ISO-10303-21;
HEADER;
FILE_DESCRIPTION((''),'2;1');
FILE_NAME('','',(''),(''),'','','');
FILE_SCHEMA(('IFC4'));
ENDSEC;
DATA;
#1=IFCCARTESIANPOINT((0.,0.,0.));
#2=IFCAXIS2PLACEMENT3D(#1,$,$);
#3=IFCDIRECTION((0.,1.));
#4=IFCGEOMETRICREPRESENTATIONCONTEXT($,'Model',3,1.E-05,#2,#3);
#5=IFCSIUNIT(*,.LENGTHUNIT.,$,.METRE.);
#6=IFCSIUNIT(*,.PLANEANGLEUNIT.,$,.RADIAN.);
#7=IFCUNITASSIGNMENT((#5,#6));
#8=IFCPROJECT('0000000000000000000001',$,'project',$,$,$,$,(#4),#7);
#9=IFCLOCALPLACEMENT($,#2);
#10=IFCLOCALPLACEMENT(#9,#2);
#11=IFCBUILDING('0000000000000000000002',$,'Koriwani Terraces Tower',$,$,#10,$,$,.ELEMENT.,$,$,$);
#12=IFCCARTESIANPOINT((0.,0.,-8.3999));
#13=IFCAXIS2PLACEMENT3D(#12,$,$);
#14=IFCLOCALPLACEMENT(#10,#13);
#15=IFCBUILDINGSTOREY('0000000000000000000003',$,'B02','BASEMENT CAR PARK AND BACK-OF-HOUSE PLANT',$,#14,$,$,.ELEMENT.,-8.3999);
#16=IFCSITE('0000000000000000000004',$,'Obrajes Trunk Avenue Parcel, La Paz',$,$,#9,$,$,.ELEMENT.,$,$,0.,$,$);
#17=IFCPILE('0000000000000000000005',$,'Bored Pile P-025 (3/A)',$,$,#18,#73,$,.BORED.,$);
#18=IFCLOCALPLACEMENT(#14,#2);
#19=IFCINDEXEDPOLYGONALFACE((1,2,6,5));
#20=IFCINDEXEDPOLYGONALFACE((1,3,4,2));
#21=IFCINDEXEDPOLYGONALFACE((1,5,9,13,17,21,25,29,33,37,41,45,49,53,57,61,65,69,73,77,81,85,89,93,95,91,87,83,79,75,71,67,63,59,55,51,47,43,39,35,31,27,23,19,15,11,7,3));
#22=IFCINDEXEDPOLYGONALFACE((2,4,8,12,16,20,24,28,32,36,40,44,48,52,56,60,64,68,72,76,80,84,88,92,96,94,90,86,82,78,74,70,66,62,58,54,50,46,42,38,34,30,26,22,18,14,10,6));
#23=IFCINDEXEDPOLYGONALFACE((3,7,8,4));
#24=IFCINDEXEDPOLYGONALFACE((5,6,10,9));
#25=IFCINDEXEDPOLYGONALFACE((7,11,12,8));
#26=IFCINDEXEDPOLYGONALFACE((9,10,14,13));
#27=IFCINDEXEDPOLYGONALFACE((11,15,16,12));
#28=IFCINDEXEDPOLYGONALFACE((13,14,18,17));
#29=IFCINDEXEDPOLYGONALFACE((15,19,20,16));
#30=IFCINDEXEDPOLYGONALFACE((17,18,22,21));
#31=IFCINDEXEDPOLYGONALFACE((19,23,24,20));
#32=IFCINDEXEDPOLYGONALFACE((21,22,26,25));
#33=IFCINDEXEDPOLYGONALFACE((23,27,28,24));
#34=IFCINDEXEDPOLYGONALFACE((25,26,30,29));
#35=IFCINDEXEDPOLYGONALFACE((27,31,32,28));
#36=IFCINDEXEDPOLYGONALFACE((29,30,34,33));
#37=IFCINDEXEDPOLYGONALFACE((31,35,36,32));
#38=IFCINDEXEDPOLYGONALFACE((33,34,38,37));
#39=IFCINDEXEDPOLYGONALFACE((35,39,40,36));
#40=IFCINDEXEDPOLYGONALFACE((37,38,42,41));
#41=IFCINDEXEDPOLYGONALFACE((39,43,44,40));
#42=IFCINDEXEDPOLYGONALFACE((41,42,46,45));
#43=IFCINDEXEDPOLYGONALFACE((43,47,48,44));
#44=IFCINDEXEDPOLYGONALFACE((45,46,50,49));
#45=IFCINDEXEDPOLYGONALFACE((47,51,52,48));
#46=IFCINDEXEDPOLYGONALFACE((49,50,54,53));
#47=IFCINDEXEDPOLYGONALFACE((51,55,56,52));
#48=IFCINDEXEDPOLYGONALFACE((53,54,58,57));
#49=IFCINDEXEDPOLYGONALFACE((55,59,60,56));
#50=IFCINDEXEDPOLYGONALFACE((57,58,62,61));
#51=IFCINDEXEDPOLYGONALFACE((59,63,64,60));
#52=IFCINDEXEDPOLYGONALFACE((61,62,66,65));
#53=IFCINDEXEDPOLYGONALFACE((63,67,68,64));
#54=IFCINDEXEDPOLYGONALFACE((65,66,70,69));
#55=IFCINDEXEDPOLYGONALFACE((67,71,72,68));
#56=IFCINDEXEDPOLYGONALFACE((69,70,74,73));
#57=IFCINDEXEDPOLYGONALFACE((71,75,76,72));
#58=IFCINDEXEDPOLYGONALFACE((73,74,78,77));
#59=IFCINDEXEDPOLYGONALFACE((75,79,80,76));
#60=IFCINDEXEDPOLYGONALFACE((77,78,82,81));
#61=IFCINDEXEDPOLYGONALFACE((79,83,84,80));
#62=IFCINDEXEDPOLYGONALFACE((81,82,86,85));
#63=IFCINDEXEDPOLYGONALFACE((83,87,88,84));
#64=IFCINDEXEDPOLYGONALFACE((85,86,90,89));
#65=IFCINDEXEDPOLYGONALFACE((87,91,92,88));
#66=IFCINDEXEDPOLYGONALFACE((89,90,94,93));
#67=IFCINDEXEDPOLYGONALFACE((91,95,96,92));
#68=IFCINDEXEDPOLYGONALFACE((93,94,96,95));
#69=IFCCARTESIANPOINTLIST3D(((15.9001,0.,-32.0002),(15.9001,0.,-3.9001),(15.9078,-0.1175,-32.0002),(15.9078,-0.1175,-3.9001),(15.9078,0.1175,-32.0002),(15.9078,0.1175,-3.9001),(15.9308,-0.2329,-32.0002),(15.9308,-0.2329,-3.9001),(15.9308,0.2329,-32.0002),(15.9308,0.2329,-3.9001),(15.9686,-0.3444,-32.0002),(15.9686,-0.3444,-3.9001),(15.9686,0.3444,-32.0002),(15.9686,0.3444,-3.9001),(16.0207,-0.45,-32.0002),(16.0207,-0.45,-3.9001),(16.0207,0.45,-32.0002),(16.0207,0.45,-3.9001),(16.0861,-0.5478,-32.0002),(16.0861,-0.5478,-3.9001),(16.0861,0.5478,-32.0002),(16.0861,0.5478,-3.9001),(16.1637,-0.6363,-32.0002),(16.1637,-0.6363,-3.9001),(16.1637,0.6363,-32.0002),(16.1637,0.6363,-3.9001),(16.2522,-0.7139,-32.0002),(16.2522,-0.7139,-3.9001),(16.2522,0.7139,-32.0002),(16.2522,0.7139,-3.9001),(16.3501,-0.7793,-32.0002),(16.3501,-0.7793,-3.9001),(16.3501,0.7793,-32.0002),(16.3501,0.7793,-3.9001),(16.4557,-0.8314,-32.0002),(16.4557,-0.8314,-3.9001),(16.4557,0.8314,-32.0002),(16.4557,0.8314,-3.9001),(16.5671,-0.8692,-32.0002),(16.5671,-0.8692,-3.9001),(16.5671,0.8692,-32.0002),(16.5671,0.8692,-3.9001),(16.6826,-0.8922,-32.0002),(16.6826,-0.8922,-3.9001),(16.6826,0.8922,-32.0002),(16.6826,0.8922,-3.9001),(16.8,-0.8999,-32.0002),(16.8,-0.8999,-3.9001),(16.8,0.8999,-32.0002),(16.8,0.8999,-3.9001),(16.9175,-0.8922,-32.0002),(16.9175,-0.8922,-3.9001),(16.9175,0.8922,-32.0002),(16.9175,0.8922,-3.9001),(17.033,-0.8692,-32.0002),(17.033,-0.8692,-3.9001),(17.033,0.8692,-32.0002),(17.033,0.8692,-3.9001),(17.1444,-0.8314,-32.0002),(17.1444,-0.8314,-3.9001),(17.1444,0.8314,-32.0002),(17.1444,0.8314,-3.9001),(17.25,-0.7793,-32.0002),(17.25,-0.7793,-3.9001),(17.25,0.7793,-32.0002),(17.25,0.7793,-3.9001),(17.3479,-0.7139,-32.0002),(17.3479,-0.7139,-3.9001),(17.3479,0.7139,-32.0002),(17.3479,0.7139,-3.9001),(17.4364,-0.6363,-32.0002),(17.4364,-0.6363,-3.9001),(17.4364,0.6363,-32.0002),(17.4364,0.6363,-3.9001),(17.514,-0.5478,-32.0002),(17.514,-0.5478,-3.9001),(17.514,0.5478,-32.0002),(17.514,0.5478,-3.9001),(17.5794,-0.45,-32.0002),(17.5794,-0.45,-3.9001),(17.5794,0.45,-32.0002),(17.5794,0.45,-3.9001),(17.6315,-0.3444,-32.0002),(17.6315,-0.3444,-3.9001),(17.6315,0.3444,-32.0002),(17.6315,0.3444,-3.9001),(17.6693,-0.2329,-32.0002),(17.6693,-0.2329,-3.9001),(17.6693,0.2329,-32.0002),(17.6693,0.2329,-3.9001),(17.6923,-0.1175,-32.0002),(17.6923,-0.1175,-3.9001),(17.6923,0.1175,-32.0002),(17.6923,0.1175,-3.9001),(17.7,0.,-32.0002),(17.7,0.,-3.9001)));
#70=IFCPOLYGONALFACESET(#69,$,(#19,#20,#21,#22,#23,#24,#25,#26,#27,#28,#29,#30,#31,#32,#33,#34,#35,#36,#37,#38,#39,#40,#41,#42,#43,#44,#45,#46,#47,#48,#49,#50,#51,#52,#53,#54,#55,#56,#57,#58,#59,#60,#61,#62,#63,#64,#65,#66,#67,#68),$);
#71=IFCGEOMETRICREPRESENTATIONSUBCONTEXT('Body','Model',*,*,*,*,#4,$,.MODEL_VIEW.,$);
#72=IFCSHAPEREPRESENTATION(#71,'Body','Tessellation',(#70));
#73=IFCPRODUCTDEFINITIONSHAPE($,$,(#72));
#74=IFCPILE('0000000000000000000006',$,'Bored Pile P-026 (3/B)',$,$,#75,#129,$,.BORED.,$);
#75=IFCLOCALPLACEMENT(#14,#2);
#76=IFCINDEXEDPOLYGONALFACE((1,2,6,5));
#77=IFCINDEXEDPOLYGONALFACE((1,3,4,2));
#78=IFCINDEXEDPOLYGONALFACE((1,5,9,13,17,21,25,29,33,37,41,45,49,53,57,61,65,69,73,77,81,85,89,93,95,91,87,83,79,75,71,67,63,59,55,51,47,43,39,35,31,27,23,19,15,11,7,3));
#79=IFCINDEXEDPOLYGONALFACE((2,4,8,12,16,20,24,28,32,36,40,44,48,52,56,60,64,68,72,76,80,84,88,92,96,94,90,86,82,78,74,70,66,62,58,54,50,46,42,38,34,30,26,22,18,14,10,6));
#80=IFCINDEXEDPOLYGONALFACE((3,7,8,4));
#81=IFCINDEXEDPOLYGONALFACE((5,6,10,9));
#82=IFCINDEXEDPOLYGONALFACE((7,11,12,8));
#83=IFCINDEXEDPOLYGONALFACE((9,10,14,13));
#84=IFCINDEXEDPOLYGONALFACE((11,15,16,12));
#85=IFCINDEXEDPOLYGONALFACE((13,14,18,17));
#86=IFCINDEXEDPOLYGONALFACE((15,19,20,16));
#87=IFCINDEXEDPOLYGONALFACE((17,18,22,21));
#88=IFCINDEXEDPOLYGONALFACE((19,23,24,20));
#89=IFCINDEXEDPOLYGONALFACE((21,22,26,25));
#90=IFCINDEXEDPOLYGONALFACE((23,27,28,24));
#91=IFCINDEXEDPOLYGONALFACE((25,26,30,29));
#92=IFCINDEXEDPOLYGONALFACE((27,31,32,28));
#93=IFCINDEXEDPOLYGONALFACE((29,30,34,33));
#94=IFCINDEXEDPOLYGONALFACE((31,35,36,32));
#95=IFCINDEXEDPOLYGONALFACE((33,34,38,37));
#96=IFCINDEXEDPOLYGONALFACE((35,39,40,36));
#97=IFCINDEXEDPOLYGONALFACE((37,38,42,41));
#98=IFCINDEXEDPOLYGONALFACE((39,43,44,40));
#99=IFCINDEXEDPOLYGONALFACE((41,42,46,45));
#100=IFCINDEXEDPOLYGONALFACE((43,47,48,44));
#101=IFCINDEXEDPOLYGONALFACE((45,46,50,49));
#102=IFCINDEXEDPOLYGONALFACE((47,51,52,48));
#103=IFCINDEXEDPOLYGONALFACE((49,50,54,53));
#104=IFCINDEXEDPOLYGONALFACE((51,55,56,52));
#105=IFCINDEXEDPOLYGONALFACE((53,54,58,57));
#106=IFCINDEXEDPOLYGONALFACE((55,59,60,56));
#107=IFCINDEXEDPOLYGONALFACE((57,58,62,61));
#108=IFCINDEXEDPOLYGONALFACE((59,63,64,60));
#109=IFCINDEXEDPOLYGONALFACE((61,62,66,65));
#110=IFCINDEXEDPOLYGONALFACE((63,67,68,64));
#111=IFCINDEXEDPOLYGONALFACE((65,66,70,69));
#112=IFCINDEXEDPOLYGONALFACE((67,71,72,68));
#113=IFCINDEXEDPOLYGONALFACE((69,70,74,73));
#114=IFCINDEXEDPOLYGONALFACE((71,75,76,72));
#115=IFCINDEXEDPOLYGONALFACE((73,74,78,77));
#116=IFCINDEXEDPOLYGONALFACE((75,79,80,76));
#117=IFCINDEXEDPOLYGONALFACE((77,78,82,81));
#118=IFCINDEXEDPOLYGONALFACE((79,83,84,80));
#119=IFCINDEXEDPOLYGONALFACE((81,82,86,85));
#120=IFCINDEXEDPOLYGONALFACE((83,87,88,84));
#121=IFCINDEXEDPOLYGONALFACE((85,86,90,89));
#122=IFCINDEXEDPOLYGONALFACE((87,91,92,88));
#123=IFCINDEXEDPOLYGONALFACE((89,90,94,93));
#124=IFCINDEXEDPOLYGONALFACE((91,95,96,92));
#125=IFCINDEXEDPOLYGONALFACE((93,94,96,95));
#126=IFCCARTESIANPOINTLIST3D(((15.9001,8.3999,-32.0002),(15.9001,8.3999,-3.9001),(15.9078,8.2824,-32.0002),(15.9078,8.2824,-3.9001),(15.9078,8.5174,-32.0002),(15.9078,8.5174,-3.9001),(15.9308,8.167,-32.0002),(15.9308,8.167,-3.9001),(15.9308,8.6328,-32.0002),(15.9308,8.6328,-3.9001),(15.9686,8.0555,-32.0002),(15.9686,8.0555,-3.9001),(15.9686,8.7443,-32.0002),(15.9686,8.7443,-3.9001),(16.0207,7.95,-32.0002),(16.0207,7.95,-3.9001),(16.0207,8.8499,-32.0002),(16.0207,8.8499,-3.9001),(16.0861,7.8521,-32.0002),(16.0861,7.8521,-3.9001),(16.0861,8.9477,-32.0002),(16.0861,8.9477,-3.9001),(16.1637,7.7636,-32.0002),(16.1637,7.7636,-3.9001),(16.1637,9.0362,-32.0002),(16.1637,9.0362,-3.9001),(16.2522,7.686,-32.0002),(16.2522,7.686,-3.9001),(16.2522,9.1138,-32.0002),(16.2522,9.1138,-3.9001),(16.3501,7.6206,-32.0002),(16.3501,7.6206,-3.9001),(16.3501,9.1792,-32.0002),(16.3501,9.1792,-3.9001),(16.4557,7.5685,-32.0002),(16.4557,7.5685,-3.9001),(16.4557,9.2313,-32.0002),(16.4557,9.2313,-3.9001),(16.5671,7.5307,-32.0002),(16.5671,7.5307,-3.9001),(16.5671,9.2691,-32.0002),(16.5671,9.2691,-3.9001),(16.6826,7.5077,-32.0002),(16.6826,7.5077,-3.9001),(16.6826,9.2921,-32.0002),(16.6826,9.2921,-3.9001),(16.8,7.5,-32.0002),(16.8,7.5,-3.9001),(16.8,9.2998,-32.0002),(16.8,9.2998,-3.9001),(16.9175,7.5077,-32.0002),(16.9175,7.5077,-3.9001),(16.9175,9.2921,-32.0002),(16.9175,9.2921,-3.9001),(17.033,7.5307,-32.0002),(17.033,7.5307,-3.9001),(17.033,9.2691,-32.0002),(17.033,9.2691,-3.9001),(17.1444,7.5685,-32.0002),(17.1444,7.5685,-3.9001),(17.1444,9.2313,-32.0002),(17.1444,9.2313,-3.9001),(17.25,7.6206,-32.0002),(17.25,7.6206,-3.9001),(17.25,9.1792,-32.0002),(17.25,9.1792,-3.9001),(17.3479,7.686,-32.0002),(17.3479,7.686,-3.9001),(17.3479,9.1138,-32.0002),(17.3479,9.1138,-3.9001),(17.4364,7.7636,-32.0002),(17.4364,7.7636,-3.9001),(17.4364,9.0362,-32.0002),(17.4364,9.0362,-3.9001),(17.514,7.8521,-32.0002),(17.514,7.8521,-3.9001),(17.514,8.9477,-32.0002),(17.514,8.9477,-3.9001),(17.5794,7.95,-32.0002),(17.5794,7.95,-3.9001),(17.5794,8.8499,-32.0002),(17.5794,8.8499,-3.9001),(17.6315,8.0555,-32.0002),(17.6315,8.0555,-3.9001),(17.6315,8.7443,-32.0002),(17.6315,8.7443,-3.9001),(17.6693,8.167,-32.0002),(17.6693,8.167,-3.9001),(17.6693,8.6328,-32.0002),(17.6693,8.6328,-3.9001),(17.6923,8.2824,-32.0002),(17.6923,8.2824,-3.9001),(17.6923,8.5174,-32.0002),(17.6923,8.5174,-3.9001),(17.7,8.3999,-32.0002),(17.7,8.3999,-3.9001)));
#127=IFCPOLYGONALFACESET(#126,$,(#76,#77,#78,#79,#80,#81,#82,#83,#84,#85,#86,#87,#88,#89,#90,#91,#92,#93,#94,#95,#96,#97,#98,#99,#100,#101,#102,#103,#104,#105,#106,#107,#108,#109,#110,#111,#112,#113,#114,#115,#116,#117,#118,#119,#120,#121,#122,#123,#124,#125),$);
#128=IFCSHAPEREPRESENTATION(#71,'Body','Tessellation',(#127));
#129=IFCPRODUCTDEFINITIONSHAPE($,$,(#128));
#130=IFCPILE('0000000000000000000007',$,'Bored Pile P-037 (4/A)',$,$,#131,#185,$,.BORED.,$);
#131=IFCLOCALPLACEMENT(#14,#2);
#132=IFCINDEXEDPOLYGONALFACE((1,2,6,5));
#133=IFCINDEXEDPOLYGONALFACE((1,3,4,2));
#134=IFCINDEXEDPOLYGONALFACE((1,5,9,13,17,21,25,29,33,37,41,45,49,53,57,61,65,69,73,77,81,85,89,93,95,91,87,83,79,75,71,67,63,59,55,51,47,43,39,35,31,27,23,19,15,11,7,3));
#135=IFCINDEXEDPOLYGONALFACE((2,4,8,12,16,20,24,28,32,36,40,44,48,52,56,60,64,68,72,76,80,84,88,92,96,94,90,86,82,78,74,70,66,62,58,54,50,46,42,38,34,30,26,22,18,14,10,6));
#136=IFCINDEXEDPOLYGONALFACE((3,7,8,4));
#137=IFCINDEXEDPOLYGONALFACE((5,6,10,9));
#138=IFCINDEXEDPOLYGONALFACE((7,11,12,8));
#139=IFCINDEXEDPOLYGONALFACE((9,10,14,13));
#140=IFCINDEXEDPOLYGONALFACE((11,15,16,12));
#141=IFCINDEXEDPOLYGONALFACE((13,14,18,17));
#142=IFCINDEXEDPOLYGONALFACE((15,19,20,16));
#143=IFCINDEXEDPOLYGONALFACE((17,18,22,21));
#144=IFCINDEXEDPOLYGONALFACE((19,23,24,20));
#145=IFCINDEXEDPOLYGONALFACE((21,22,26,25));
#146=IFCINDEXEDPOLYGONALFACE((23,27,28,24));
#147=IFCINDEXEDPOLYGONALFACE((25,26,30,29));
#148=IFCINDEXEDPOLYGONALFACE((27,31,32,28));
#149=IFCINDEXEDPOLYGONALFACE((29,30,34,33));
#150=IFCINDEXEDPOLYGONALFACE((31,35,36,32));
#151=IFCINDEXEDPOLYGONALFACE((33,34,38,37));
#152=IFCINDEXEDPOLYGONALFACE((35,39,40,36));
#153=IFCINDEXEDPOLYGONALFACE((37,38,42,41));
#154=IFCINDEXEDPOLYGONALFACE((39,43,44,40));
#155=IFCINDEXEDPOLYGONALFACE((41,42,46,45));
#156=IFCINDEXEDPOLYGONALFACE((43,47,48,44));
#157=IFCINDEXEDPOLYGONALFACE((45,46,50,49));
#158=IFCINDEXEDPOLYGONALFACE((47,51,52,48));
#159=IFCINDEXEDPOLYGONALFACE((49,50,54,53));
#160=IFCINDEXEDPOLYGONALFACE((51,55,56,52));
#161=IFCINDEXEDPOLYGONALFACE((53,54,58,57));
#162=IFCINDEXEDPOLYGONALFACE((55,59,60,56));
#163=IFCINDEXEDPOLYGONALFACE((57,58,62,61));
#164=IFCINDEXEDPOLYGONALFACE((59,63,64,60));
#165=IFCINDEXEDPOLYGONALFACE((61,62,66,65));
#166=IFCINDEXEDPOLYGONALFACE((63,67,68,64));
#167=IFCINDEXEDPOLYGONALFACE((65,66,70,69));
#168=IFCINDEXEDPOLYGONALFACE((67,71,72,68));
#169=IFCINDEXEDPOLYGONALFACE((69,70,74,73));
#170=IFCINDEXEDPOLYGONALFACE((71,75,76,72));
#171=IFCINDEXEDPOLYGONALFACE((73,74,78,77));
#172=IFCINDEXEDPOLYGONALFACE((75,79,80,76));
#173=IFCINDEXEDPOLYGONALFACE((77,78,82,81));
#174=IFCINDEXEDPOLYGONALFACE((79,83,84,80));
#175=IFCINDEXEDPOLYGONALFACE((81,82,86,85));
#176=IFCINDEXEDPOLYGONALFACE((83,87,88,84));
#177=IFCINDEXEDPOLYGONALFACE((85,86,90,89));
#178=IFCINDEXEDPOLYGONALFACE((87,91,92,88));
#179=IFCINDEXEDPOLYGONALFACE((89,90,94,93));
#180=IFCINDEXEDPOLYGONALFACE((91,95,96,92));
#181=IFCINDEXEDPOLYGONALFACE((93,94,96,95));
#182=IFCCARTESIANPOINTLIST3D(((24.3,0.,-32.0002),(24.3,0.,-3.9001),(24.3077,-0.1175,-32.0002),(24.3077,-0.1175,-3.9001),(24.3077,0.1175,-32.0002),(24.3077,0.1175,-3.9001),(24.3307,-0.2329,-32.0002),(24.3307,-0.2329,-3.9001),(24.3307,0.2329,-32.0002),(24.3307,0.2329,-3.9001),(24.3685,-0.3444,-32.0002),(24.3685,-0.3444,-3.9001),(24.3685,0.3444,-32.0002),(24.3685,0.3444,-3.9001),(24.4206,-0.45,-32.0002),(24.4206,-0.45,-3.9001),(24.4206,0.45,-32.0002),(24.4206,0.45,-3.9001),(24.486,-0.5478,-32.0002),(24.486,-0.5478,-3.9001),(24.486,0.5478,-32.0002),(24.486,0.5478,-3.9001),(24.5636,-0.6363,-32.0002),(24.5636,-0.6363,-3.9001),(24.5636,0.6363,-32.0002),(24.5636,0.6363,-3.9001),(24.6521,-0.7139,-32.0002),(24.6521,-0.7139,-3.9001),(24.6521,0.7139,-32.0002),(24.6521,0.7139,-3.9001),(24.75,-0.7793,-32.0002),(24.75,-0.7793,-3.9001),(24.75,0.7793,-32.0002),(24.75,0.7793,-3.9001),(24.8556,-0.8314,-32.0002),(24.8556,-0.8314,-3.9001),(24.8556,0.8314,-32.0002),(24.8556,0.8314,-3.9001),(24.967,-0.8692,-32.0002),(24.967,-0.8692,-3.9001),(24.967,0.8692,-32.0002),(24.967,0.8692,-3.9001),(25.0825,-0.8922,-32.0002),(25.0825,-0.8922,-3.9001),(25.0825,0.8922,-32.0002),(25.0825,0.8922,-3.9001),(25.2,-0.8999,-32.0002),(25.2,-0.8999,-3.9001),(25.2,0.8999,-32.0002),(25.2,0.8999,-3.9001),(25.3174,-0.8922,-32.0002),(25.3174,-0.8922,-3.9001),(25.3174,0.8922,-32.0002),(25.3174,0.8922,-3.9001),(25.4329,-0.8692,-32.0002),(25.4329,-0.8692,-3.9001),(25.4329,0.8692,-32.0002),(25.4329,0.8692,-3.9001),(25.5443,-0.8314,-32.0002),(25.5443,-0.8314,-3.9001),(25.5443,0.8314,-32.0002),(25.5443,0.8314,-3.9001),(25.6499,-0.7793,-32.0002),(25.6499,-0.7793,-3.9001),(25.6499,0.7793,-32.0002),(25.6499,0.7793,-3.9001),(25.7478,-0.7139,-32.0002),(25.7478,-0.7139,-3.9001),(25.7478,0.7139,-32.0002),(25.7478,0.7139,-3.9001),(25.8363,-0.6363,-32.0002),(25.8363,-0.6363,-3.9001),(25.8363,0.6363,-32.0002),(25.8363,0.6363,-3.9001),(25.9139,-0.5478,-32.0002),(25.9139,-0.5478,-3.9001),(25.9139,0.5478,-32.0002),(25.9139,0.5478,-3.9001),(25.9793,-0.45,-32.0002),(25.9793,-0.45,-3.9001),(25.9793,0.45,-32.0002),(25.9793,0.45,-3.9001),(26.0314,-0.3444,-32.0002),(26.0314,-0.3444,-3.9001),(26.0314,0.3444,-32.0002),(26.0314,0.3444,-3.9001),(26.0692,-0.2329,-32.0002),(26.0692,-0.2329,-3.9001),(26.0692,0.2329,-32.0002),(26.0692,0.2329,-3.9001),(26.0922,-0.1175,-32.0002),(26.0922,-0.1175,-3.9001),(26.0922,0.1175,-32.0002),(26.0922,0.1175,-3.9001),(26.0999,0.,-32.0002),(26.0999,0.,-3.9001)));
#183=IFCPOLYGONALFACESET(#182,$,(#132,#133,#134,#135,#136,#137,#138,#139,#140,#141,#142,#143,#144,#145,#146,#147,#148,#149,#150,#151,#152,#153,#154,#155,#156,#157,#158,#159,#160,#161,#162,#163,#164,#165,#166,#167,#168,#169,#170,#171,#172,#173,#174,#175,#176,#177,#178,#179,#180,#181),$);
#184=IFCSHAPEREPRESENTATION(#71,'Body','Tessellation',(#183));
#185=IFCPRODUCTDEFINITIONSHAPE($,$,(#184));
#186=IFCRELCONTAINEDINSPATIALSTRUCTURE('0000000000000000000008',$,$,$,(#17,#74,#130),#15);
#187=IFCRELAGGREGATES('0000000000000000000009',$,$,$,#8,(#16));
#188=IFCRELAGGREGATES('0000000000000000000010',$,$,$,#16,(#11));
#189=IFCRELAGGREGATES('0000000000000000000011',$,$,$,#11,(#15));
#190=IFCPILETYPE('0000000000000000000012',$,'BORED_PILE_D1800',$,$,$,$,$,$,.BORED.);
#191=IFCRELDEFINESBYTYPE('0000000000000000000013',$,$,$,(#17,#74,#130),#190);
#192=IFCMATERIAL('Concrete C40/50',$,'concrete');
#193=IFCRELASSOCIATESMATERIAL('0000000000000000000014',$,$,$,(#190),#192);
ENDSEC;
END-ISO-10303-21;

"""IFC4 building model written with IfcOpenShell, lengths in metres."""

from ifc_helpers import new_model, si_unit, direction, frame, origin, origin_2d, place, context, subcontext, project, spatial, circle, extrude, material, material_profile, profile_set, type_object, element, save


model = new_model("IFC4")

# Units and contexts
model_context = context("Model", 3, precision=1e-05, world=origin(), true_north=direction((0.0, 1.0)))
body_context = subcontext(model_context, "Body", "Model", "MODEL_VIEW")
ifc_project = project(units=[si_unit("LENGTHUNIT", "METRE"), si_unit("PLANEANGLEUNIT", "RADIAN")], contexts=[model_context])

# Site, building, storey
site_placement = place(None, origin())
site = spatial("IfcSite", under=ifc_project, at=site_placement, Name="Obrajes Trunk Avenue Parcel, La Paz", CompositionType="ELEMENT", RefElevation=0.0)
building_placement = place(site_placement, origin())
building = spatial("IfcBuilding", under=site, at=building_placement, Name="Koriwani Terraces Tower", CompositionType="ELEMENT")
storey_placement = place(building_placement, frame((0.0, 0.0, -8.3999)))
storey = spatial("IfcBuildingStorey", under=building, at=storey_placement, Name="B02", Description="BASEMENT CAR PARK AND BACK-OF-HOUSE PLANT", CompositionType="ELEMENT", Elevation=-8.3999)

# Piles
ifc_material_1 = material(Name="Concrete C40/50", Category="concrete")
ifc_material_profile_1 = material_profile(ifc_material_1, circle(Radius=0.8999, at=origin_2d()), Name="Concrete C40/50")
ifc_profile_set_1 = profile_set([ifc_material_profile_1], Name="Concrete C40/50")
pile_type = type_object("IfcPileType", Name="BORED_PILE_D1800", PredefinedType="BORED", material=ifc_profile_set_1)
for number, where, z_axis, x_axis, name in (
    (1, (16.8, 0.0, -3.9001), (0.0, 0.0, -1.0), (1.0, 0.0, 0.0), "Bored Pile P-025 (3/A)"),
    (2, (16.8, 8.3999, -3.9001), (0.0, 0.0, -1.0), (1.0, 0.0, 0.0), "Bored Pile P-026 (3/B)"),
    (3, (25.2, 0.0, -3.9001), (0.0, 0.0, -1.0), (1.0, 0.0, 0.0), "Bored Pile P-037 (4/A)"),
):
    element("IfcPile", number, at=place(storey_placement, frame(where, z_axis=z_axis, x_axis=x_axis)), inside=storey, type_object=pile_type, Name=name, PredefinedType="BORED", context=body_context, shape_type="SweptSolid", body=[
        extrude(circle(Radius=0.8999, at=origin_2d()), origin(), (0.0, 0.0, 1.0), 28.1001),
    ])

save(model, "model.ifc")
